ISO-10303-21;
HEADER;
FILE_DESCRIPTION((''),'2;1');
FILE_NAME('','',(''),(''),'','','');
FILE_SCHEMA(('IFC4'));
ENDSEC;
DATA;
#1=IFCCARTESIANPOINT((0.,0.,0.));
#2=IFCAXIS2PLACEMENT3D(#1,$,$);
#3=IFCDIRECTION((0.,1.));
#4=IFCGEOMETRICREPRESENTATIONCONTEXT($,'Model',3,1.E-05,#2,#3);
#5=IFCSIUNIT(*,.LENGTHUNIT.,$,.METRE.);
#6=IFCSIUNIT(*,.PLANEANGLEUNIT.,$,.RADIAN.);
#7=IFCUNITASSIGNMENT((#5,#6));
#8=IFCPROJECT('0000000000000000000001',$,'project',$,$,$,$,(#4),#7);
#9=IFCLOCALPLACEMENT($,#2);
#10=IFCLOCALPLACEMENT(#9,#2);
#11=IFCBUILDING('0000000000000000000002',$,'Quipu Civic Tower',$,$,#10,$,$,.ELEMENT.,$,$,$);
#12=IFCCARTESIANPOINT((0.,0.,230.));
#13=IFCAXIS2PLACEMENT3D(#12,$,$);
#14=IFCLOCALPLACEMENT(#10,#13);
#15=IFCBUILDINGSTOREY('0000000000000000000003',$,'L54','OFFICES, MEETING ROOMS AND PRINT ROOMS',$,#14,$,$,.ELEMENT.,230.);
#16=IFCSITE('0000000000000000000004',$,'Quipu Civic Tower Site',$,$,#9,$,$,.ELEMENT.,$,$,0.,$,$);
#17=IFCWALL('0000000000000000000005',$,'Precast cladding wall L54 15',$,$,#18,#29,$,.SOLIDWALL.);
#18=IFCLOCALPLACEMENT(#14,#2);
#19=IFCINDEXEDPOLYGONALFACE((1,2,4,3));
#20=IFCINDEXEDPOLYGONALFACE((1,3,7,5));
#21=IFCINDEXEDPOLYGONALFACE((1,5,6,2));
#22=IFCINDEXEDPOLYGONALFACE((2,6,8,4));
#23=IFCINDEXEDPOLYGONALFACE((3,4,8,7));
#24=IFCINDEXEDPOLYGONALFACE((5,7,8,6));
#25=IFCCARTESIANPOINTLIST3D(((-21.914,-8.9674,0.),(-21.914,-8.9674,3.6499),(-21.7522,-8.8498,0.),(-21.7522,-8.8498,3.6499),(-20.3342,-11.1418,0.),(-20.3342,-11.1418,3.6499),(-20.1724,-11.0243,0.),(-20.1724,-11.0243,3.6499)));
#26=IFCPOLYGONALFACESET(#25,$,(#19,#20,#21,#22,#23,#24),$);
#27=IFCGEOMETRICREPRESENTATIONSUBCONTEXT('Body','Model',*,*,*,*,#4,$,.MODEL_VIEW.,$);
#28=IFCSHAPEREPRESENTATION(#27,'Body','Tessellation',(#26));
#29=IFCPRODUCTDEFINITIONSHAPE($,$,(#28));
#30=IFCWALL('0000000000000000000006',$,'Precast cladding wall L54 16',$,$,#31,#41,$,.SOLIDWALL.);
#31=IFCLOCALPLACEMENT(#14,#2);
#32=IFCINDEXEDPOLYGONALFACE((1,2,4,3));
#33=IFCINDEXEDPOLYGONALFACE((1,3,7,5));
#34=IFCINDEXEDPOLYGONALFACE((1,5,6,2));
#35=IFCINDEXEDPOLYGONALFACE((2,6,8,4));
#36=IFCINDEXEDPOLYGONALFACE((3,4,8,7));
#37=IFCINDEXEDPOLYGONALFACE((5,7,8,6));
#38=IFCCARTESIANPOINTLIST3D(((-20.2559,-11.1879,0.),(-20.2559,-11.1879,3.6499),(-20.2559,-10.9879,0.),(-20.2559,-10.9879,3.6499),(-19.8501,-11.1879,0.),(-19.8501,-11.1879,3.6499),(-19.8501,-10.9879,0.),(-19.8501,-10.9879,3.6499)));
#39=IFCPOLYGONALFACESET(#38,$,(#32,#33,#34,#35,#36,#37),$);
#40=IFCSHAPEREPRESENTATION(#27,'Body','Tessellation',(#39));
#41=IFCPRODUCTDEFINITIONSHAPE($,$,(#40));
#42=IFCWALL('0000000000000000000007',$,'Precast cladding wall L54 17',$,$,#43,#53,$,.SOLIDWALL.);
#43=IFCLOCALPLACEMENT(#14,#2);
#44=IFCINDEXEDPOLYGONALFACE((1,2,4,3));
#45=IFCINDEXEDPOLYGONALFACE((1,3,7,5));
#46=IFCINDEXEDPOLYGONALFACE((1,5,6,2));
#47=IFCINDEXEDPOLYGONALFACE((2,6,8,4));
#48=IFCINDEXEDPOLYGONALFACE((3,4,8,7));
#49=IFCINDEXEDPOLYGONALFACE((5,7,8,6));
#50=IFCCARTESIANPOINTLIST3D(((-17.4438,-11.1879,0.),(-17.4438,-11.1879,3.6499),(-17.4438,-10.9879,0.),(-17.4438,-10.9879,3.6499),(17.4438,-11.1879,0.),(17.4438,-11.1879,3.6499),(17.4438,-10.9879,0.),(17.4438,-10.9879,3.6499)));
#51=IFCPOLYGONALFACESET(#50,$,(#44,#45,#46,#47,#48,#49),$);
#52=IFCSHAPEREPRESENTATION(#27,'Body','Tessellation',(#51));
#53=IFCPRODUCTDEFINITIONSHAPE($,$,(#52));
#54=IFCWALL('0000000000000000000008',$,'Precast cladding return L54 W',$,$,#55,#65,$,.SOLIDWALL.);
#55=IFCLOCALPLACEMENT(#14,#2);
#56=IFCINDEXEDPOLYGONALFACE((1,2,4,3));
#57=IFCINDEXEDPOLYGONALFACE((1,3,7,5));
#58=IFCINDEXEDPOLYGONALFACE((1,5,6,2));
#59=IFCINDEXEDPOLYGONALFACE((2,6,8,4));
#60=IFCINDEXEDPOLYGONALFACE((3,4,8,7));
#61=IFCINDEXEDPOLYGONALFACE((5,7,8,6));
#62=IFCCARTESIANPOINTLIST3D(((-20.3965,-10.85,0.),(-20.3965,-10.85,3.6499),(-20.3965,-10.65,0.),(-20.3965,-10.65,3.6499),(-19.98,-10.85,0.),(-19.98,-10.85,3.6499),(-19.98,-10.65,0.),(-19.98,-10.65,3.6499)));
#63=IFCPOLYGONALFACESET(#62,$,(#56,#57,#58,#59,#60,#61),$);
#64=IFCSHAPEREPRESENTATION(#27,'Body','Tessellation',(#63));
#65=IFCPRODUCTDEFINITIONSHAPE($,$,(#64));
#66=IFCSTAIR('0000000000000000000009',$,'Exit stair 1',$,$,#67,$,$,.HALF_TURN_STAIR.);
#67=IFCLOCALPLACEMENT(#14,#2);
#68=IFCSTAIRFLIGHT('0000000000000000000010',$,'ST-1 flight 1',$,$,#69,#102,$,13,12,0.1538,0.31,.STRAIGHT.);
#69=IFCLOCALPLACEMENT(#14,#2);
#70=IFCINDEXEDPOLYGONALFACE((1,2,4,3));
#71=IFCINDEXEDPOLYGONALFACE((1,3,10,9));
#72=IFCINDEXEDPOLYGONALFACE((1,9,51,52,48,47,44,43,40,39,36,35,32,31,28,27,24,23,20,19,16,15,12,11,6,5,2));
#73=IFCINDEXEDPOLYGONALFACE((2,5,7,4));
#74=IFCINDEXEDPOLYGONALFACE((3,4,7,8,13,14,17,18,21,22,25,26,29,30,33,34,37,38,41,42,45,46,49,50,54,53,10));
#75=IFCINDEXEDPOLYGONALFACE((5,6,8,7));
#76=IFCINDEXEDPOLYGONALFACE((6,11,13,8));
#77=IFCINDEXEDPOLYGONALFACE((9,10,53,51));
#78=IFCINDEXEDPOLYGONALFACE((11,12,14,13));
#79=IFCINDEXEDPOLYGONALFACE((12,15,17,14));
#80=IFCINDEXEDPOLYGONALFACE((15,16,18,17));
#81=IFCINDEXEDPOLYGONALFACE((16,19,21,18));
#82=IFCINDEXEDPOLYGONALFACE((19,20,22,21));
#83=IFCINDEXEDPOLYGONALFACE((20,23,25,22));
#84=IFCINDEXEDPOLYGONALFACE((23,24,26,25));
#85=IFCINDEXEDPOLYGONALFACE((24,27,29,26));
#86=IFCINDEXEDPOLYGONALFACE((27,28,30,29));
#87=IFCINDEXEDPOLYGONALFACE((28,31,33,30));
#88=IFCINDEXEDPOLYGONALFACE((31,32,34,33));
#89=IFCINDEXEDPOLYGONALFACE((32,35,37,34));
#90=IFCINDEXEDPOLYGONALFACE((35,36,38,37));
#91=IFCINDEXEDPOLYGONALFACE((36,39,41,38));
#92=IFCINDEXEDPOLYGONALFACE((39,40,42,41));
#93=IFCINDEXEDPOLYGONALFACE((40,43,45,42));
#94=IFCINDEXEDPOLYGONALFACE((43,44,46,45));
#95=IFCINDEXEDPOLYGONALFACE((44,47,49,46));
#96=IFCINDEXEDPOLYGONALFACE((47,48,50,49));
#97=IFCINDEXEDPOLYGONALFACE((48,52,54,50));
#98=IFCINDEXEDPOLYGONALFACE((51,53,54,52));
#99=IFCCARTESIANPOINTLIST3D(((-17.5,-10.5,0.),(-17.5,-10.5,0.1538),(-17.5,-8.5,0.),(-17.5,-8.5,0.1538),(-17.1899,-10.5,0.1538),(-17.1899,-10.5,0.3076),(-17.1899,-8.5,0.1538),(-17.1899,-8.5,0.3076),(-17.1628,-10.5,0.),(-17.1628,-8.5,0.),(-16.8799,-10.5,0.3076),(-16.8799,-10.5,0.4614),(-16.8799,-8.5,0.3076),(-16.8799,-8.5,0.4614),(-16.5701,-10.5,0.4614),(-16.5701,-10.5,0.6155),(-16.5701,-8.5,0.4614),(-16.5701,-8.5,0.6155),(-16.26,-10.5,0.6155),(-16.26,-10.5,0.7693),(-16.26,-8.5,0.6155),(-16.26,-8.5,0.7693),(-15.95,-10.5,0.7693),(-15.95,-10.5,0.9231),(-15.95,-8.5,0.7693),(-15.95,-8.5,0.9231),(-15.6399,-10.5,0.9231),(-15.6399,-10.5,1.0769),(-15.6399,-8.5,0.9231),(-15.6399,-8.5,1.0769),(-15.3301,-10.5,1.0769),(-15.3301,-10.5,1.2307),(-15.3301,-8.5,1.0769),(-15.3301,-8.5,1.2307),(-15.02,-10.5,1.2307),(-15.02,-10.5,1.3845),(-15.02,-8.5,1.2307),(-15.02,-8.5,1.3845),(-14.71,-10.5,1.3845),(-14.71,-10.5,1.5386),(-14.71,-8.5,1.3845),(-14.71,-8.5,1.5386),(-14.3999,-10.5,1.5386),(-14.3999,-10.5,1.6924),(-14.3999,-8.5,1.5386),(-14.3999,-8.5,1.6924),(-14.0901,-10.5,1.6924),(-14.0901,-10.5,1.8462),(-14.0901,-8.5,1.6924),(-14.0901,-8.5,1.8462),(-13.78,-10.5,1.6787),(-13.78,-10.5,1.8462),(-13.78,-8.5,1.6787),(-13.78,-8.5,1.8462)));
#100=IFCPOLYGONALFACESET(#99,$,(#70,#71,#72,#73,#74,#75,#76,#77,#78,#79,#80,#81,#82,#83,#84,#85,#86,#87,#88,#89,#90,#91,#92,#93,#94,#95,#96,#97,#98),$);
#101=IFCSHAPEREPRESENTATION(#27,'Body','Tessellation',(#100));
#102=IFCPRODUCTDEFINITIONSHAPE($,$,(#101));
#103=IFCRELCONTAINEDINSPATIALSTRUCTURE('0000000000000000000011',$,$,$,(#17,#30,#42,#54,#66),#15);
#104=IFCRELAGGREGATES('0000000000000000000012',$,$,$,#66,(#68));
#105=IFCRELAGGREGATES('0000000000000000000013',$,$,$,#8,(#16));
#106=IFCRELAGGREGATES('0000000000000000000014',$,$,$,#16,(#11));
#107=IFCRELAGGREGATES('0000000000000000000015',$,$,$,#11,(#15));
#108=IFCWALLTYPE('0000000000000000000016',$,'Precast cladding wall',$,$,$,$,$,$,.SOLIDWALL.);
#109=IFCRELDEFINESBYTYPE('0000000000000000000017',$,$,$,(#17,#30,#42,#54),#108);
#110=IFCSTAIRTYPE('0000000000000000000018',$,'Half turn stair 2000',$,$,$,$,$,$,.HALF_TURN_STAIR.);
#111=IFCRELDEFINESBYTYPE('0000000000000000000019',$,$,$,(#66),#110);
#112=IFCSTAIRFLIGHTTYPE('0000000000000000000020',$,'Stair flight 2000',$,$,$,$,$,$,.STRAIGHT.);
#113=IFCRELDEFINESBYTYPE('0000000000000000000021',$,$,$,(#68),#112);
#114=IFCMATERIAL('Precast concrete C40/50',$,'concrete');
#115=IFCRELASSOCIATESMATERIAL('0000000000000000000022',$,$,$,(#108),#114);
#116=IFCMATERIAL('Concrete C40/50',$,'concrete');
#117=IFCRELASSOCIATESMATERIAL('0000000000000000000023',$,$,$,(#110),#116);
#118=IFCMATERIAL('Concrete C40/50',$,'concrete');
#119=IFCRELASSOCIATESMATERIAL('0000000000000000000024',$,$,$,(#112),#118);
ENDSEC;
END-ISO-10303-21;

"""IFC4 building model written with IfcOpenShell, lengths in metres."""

from ifc_helpers import new_model, si_unit, direction, frame, frame_2d, origin, place, context, subcontext, project, spatial, polyline, rectangle, outline, extrude, material, type_object, element, aggregate, save


model = new_model("IFC4")

# Units and contexts
model_context = context("Model", 3, precision=1e-05, world=origin(), true_north=direction((0.0, 1.0)))
body_context = subcontext(model_context, "Body", "Model", "MODEL_VIEW")
ifc_project = project(units=[si_unit("LENGTHUNIT", "METRE"), si_unit("PLANEANGLEUNIT", "RADIAN")], contexts=[model_context])

# Site, building, storey
site_placement = place(None, origin())
site = spatial("IfcSite", under=ifc_project, at=site_placement, Name="Quipu Civic Tower Site", CompositionType="ELEMENT", RefElevation=0.0)
building_placement = place(site_placement, origin())
building = spatial("IfcBuilding", under=site, at=building_placement, Name="Quipu Civic Tower", CompositionType="ELEMENT")
storey_placement = place(building_placement, frame((0.0, 0.0, 230.0)))
storey = spatial("IfcBuildingStorey", under=building, at=storey_placement, Name="L54", Description="OFFICES, MEETING ROOMS AND PRINT ROOMS", CompositionType="ELEMENT", Elevation=230.0)

# Walls
ifc_material_1 = material(Name="Precast concrete C40/50", Category="concrete")
wall_type_1 = type_object("IfcWallType", Name="Precast cladding wall", PredefinedType="SOLIDWALL", material=ifc_material_1)
wall_1_placement = place(storey_placement, frame((-21.833, -8.9087, 0.0), z_axis=(0.0, 0.0, 1.0), x_axis=(0.587767, -0.809031, 0.0)))
element("IfcWall", 1, at=wall_1_placement, inside=storey, type_object=wall_type_1, Name="Precast cladding wall L54 15", PredefinedType="SOLIDWALL", context=body_context, shape_type="SweptSolid", body=[
    extrude(rectangle(XDim=2.6877, YDim=0.2, at=frame_2d((1.3438, 0.0))), origin(), (0.0, 0.0, 1.0), 3.6499),
])
wall_2_placement = place(storey_placement, frame((-20.2559, -11.0879, 0.0), z_axis=(0.0, 0.0, 1.0), x_axis=(1.0, 0.0, 0.0)))
element("IfcWall", 2, at=wall_2_placement, inside=storey, type_object=wall_type_1, Name="Precast cladding wall L54 16", PredefinedType="SOLIDWALL", context=body_context, shape_type="SweptSolid", body=[
    extrude(rectangle(XDim=0.4058, YDim=0.2, at=frame_2d((0.2029, 0.0))), origin(), (0.0, 0.0, 1.0), 3.6499),
])
wall_3_placement = place(storey_placement, frame((-17.4438, -11.0879, 0.0), z_axis=(0.0, 0.0, 1.0), x_axis=(1.0, 0.0, 0.0)))
element("IfcWall", 3, at=wall_3_placement, inside=storey, type_object=wall_type_1, Name="Precast cladding wall L54 17", PredefinedType="SOLIDWALL", context=body_context, shape_type="SweptSolid", body=[
    extrude(rectangle(XDim=34.8877, YDim=0.2, at=frame_2d((17.4438, 0.0))), origin(), (0.0, 0.0, 1.0), 3.6499),
])
wall_4_placement = place(storey_placement, frame((-19.98, -10.75, 0.0), z_axis=(0.0, 0.0, 1.0), x_axis=(-1.0, 0.0, 0.0)))
element("IfcWall", 4, at=wall_4_placement, inside=storey, type_object=wall_type_1, Name="Precast cladding return L54 W", PredefinedType="SOLIDWALL", context=body_context, shape_type="SweptSolid", body=[
    extrude(rectangle(XDim=0.4165, YDim=0.2, at=frame_2d((0.2083, 0.0))), origin(), (0.0, 0.0, 1.0), 3.6499),
])

# Stair, stair flight
ifc_material_2 = material(Name="Concrete C40/50", Category="concrete")
stair_type = type_object("IfcStairType", Name="Half turn stair 2000", PredefinedType="HALF_TURN_STAIR", material=ifc_material_2)
stair_placement = place(storey_placement, origin())
stair = element("IfcStair", 5, at=stair_placement, inside=storey, type_object=stair_type, Name="Exit stair 1", PredefinedType="HALF_TURN_STAIR")
ifc_material_3 = material(Name="Concrete C40/50", Category="concrete")
stair_flight_type = type_object("IfcStairFlightType", Name="Stair flight 2000", PredefinedType="STRAIGHT", material=ifc_material_3)
stair_flight_placement = place(storey_placement, frame((-17.5, -9.5, 0.0), z_axis=(0.0, 0.0, 1.0), x_axis=(1.0, 0.0, 0.0)))
stair_flight = element("IfcStairFlight", 6, at=stair_flight_placement, type_object=stair_flight_type, Name="ST-1 flight 1", NumberOfRisers=13, NumberOfTreads=12, PredefinedType="STRAIGHT", RiserHeight=0.1538, TreadLength=0.31, context=body_context, shape_type="SweptSolid", body=[
    extrude(outline(polyline([(0.0, 0.0), (0.0, 0.1538), (0.3101, 0.1538), (0.3101, 0.3076), (0.6201, 0.3076), (0.6201, 0.4614), (0.9299, 0.4614), (0.9299, 0.6155), (1.24, 0.6155), (1.24, 0.7693), (1.55, 0.7693), (1.55, 0.9231), (1.8601, 0.9231), (1.8601, 1.0769), (2.1699, 1.0769), (2.1699, 1.2307), (2.48, 1.2307), (2.48, 1.3845), (2.79, 1.3845), (2.79, 1.5386), (3.1001, 1.5386), (3.1001, 1.6924), (3.4099, 1.6924), (3.4099, 1.8462), (3.72, 1.8462), (3.72, 2.0), (3.72, 1.6787), (0.3372, 0.0), (0.0, 0.0)])), frame((0.0, 1.0, 0.0), z_axis=(0.0, -1.0, 0.0), x_axis=(1.0, 0.0, 0.0)), (0.0, 0.0, 1.0), 2.0),
])
aggregate(stair, [stair_flight])

save(model, "model.ifc")
